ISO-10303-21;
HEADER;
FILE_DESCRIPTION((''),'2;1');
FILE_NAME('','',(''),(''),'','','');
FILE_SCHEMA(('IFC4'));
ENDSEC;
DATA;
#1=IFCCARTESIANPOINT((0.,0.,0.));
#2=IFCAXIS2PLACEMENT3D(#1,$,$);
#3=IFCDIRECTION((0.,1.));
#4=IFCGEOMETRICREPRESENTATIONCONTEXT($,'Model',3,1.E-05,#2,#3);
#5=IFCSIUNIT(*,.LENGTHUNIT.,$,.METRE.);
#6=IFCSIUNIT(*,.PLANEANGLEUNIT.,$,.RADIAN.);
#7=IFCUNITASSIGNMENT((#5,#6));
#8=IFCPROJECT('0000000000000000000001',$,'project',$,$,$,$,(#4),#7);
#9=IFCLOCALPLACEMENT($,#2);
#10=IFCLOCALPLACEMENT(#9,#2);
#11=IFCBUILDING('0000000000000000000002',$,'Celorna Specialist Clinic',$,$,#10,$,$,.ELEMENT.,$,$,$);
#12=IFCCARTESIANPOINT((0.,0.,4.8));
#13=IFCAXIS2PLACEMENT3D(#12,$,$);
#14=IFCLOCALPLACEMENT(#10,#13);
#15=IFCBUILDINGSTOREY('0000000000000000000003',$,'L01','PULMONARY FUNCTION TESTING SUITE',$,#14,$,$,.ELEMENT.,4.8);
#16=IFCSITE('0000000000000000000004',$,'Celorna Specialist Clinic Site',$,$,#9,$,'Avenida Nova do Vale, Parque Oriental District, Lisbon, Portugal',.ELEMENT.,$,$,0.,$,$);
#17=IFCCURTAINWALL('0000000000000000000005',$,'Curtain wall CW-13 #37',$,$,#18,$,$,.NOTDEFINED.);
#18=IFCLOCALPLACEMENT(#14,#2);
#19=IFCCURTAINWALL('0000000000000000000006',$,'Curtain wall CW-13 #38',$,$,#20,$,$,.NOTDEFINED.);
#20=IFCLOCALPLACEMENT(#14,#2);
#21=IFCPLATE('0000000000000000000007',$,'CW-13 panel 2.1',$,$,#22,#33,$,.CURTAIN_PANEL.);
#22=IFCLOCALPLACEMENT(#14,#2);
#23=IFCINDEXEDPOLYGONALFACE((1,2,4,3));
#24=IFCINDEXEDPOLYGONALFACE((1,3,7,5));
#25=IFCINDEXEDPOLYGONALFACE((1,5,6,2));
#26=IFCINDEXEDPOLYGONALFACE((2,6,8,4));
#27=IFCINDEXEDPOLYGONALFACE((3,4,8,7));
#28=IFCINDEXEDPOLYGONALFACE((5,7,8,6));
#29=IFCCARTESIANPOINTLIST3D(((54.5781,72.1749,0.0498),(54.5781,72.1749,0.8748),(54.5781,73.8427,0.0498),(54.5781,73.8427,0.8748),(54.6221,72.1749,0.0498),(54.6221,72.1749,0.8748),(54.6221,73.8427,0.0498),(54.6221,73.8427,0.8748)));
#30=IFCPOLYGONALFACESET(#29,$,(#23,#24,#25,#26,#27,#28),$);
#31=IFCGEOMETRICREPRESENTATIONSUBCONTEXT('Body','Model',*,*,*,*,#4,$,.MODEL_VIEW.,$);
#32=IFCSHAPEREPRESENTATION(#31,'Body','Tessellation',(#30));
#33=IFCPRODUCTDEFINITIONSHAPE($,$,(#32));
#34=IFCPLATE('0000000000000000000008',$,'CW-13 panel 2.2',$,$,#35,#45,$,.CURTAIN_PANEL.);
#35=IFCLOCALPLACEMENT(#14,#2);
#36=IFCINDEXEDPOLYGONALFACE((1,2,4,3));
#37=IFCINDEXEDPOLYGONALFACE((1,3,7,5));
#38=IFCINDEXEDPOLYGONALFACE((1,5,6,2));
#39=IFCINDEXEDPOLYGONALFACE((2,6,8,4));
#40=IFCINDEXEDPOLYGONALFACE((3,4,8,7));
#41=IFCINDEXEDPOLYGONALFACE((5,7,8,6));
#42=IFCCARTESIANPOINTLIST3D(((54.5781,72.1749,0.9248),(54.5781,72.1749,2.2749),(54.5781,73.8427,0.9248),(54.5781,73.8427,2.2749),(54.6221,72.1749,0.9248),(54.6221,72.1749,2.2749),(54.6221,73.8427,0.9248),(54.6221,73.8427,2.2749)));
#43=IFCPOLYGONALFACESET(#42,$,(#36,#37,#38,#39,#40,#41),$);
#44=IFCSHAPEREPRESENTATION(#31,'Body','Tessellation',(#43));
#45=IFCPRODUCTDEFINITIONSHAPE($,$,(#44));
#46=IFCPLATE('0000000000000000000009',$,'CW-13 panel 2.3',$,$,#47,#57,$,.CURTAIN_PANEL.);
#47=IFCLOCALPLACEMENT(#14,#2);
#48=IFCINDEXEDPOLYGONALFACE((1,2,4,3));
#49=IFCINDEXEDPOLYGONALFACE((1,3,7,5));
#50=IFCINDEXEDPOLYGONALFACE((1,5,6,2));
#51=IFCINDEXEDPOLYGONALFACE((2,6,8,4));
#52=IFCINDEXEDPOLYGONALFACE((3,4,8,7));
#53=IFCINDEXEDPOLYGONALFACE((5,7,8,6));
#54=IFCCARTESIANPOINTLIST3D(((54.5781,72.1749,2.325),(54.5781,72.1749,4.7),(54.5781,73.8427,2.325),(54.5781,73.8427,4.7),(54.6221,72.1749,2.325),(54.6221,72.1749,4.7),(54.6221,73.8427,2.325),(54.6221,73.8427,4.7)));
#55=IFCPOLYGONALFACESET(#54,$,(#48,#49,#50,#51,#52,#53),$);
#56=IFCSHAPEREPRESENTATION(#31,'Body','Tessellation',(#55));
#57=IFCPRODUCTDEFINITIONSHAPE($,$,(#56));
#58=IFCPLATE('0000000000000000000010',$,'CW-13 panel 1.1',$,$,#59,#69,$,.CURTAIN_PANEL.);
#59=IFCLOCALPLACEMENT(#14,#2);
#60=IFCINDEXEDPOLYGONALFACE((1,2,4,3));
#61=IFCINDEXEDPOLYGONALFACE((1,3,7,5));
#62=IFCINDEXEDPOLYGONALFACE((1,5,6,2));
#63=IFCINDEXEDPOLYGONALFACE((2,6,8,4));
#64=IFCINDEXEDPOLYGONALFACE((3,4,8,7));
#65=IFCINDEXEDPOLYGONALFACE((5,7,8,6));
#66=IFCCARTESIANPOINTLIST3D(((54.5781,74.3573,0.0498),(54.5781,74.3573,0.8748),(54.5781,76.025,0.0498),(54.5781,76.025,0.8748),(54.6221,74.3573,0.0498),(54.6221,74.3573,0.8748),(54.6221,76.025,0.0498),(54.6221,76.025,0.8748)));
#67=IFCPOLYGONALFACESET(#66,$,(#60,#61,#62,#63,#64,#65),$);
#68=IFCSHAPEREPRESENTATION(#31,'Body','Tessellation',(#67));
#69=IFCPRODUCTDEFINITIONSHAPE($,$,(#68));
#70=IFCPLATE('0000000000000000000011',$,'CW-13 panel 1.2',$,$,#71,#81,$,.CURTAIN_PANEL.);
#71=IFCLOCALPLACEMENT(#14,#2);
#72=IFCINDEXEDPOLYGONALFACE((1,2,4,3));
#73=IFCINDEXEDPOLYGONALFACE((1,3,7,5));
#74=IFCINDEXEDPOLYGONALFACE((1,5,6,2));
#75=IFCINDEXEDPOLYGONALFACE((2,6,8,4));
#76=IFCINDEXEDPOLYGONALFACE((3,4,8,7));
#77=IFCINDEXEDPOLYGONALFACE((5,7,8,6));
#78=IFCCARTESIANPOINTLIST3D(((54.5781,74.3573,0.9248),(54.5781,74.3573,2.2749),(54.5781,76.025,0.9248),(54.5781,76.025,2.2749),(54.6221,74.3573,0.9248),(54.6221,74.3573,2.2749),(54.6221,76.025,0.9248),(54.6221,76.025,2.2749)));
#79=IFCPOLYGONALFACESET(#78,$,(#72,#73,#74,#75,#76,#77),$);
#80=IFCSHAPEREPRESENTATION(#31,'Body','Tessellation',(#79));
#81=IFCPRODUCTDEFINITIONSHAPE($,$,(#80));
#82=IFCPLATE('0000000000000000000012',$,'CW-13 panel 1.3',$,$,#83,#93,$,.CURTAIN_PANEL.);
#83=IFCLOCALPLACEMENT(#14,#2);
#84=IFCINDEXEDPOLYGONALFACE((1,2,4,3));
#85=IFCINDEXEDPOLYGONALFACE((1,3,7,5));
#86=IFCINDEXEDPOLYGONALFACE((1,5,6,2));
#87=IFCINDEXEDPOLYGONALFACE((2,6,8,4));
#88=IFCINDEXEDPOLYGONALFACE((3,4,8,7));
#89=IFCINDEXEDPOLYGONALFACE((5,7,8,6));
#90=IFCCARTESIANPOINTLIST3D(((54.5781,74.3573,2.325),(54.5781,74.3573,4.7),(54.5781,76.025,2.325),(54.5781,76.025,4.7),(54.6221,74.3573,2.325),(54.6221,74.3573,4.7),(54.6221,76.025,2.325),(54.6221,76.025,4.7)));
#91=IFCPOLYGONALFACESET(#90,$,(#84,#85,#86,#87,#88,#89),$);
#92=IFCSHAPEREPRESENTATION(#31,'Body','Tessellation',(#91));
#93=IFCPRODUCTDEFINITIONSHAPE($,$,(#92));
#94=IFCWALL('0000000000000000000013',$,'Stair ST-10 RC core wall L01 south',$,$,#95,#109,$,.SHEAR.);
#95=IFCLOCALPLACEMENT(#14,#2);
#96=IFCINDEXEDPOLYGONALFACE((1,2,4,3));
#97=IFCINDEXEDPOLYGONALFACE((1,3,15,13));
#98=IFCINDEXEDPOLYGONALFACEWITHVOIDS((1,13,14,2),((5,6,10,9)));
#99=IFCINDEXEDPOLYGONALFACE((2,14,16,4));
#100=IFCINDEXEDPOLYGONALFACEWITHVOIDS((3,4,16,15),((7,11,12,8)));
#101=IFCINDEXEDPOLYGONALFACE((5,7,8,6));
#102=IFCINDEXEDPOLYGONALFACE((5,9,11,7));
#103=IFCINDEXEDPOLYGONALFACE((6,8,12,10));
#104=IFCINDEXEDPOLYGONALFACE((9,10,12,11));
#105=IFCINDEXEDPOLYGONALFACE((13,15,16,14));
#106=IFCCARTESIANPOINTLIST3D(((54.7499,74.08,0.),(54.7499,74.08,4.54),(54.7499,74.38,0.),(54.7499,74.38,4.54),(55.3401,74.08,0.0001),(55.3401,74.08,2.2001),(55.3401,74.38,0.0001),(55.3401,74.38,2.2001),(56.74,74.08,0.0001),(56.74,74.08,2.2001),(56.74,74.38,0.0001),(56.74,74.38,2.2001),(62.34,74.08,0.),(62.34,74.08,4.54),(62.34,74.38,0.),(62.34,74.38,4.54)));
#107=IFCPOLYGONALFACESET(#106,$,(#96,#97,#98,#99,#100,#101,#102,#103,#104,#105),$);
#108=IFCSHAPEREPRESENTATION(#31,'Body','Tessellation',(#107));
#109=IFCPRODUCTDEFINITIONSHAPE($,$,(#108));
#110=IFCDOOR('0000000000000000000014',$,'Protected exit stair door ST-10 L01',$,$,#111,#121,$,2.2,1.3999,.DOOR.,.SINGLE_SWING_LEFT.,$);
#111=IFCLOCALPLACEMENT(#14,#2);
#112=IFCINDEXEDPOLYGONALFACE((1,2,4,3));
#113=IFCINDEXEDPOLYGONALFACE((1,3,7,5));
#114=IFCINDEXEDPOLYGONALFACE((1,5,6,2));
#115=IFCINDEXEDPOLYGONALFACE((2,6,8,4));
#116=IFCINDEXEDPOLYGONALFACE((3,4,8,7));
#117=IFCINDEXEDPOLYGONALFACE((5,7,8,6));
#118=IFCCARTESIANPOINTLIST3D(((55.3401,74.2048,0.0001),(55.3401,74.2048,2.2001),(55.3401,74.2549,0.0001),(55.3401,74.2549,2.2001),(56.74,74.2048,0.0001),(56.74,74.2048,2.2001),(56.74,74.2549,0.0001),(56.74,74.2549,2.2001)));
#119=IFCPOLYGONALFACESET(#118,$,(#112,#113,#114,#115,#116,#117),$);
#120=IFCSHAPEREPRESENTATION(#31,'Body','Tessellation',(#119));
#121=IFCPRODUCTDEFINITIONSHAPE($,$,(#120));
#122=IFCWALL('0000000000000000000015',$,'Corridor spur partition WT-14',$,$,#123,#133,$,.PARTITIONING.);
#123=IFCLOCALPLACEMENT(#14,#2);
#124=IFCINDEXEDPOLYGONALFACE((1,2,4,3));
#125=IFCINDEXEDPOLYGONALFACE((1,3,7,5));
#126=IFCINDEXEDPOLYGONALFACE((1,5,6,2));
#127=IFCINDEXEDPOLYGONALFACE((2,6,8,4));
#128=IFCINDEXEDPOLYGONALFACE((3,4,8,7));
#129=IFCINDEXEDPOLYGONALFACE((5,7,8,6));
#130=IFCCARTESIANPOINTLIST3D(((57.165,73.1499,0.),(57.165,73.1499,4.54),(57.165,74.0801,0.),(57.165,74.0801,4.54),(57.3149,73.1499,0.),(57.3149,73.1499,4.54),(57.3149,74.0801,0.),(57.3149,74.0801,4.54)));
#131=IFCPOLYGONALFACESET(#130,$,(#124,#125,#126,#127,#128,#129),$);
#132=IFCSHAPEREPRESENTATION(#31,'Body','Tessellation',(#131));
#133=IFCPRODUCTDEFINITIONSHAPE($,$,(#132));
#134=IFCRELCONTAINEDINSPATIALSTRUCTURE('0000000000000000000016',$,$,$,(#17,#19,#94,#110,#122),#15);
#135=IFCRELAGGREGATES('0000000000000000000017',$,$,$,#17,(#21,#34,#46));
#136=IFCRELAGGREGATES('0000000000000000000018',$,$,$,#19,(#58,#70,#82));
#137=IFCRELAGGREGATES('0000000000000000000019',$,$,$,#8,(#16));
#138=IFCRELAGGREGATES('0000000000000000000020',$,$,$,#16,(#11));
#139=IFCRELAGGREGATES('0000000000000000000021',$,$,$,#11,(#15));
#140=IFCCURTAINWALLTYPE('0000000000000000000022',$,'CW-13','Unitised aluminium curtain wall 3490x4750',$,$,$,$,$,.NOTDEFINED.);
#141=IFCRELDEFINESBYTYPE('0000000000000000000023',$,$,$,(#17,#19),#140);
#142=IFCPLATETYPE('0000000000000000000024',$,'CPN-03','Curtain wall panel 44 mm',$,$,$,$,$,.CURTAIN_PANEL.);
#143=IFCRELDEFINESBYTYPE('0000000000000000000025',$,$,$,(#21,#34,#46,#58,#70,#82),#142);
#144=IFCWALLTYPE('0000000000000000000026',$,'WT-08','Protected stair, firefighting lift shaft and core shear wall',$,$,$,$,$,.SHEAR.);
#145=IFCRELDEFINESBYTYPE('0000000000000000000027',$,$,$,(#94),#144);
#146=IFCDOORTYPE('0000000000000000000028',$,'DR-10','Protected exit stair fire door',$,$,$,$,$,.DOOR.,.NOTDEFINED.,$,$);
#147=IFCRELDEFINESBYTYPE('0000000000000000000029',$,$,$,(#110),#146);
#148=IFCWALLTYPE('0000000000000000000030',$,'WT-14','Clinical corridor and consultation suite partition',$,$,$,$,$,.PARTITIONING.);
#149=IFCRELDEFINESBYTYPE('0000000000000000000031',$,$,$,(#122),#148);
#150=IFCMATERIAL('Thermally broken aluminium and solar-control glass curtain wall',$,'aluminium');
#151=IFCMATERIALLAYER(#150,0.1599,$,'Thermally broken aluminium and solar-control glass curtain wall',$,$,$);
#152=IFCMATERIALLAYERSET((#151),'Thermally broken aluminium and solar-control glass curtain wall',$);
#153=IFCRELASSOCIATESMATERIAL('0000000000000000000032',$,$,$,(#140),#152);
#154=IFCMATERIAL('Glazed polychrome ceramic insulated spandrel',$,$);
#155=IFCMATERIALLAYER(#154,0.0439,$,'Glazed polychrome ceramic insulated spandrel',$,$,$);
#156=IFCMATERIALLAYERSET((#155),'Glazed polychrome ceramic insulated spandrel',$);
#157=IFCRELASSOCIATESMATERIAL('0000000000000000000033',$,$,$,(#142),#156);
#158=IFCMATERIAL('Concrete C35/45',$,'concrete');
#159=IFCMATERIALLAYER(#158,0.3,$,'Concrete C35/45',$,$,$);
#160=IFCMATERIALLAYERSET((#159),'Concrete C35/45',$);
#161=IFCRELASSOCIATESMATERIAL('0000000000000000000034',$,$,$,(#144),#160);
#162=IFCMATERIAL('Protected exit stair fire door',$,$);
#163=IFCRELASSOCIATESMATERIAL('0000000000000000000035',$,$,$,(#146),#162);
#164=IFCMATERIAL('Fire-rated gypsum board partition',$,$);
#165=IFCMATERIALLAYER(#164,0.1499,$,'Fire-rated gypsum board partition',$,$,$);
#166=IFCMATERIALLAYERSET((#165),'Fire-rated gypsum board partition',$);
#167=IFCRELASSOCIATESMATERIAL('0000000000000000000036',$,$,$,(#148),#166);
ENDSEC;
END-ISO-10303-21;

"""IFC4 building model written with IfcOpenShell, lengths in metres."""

from ifc_helpers import new_model, si_unit, direction, frame, frame_2d, origin, origin_2d, place, context, subcontext, project, spatial, rectangle, extrude, material, layer, layer_set, type_object, element, fill, aggregate, save


model = new_model("IFC4")

# Units and contexts
model_context = context("Model", 3, precision=1e-05, world=origin(), true_north=direction((0.0, 1.0)))
body_context = subcontext(model_context, "Body", "Model", "MODEL_VIEW")
ifc_project = project(units=[si_unit("LENGTHUNIT", "METRE"), si_unit("PLANEANGLEUNIT", "RADIAN")], contexts=[model_context])

# Site, building, storey
site_placement = place(None, origin())
site = spatial("IfcSite", under=ifc_project, at=site_placement, Name="Celorna Specialist Clinic Site", LongName="Avenida Nova do Vale, Parque Oriental District, Lisbon, Portugal", CompositionType="ELEMENT", RefElevation=0.0)
building_placement = place(site_placement, origin())
building = spatial("IfcBuilding", under=site, at=building_placement, Name="Celorna Specialist Clinic", CompositionType="ELEMENT")
storey_placement = place(building_placement, frame((0.0, 0.0, 4.8)))
storey = spatial("IfcBuildingStorey", under=building, at=storey_placement, Name="L01", Description="PULMONARY FUNCTION TESTING SUITE", CompositionType="ELEMENT", Elevation=4.8)

# Shared definitions
ifc_material_1 = material(Name="Concrete C35/45", Category="concrete")

# Curtain wall
ifc_material_2 = material(Name="Thermally broken aluminium and solar-control glass curtain wall", Category="aluminium")
ifc_layer_1 = layer(ifc_material_2, 0.1599, Name="Thermally broken aluminium and solar-control glass curtain wall")
ifc_layer_set_1 = layer_set([ifc_layer_1], Name="Thermally broken aluminium and solar-control glass curtain wall")
curtain_wall_type = type_object("IfcCurtainWallType", Name="CW-13", Description="Unitised aluminium curtain wall 3490x4750", PredefinedType="NOTDEFINED", material=ifc_layer_set_1)
curtain_wall_1_placement = place(storey_placement, origin())
curtain_wall_1 = element("IfcCurtainWall", 1, at=curtain_wall_1_placement, inside=storey, type_object=curtain_wall_type, Name="Curtain wall CW-13 #37", PredefinedType="NOTDEFINED")

# Curtain wall
curtain_wall_2_placement = place(storey_placement, origin())
curtain_wall_2 = element("IfcCurtainWall", 2, at=curtain_wall_2_placement, inside=storey, type_object=curtain_wall_type, Name="Curtain wall CW-13 #38", PredefinedType="NOTDEFINED")

# Plates
ifc_material_3 = material(Name="Glazed polychrome ceramic insulated spandrel")
ifc_layer_2 = layer(ifc_material_3, 0.0439, Name="Glazed polychrome ceramic insulated spandrel")
ifc_layer_set_2 = layer_set([ifc_layer_2], Name="Glazed polychrome ceramic insulated spandrel")
plate_type = type_object("IfcPlateType", Name="CPN-03", Description="Curtain wall panel 44 mm", PredefinedType="CURTAIN_PANEL", material=ifc_layer_set_2)
plate_1_placement = place(storey_placement, frame((54.6001, 73.0088, 0.0498), z_axis=(0.0, 0.0, 1.0), x_axis=(0.0, 1.0, 0.0)))
plate_1 = element("IfcPlate", 3, at=plate_1_placement, type_object=plate_type, Name="CW-13 panel 2.1", PredefinedType="CURTAIN_PANEL", context=body_context, shape_type="SweptSolid", body=[
    extrude(rectangle(XDim=1.6677, YDim=0.0439, at=origin_2d()), origin(), (0.0, 0.0, 1.0), 0.825),
])
plate_2_placement = place(storey_placement, frame((54.6001, 73.0088, 0.9248), z_axis=(0.0, 0.0, 1.0), x_axis=(0.0, 1.0, 0.0)))
plate_2 = element("IfcPlate", 4, at=plate_2_placement, type_object=plate_type, Name="CW-13 panel 2.2", PredefinedType="CURTAIN_PANEL", context=body_context, shape_type="SweptSolid", body=[
    extrude(rectangle(XDim=1.6677, YDim=0.0439, at=origin_2d()), origin(), (0.0, 0.0, 1.0), 1.3501),
])
plate_3_placement = place(storey_placement, frame((54.6001, 73.0088, 2.325), z_axis=(0.0, 0.0, 1.0), x_axis=(0.0, 1.0, 0.0)))
plate_3 = element("IfcPlate", 5, at=plate_3_placement, type_object=plate_type, Name="CW-13 panel 2.3", PredefinedType="CURTAIN_PANEL", context=body_context, shape_type="SweptSolid", body=[
    extrude(rectangle(XDim=1.6677, YDim=0.0439, at=origin_2d()), origin(), (0.0, 0.0, 1.0), 2.375),
])
aggregate(curtain_wall_1, [plate_1, plate_2, plate_3])
plate_4_placement = place(storey_placement, frame((54.6001, 75.1912, 0.0498), z_axis=(0.0, 0.0, 1.0), x_axis=(0.0, 1.0, 0.0)))
plate_4 = element("IfcPlate", 6, at=plate_4_placement, type_object=plate_type, Name="CW-13 panel 1.1", PredefinedType="CURTAIN_PANEL", context=body_context, shape_type="SweptSolid", body=[
    extrude(rectangle(XDim=1.6677, YDim=0.0439, at=origin_2d()), origin(), (0.0, 0.0, 1.0), 0.825),
])
plate_5_placement = place(storey_placement, frame((54.6001, 75.1912, 0.9248), z_axis=(0.0, 0.0, 1.0), x_axis=(0.0, 1.0, 0.0)))
plate_5 = element("IfcPlate", 7, at=plate_5_placement, type_object=plate_type, Name="CW-13 panel 1.2", PredefinedType="CURTAIN_PANEL", context=body_context, shape_type="SweptSolid", body=[
    extrude(rectangle(XDim=1.6677, YDim=0.0439, at=origin_2d()), origin(), (0.0, 0.0, 1.0), 1.3501),
])
plate_6_placement = place(storey_placement, frame((54.6001, 75.1912, 2.325), z_axis=(0.0, 0.0, 1.0), x_axis=(0.0, 1.0, 0.0)))
plate_6 = element("IfcPlate", 8, at=plate_6_placement, type_object=plate_type, Name="CW-13 panel 1.3", PredefinedType="CURTAIN_PANEL", context=body_context, shape_type="SweptSolid", body=[
    extrude(rectangle(XDim=1.6677, YDim=0.0439, at=origin_2d()), origin(), (0.0, 0.0, 1.0), 2.375),
])
aggregate(curtain_wall_2, [plate_4, plate_5, plate_6])

# Wall, opening, door
ifc_layer_3 = layer(ifc_material_1, 0.3, Name="Concrete C35/45")
ifc_layer_set_3 = layer_set([ifc_layer_3], Name="Concrete C35/45")
wall_type_1 = type_object("IfcWallType", Name="WT-08", Description="Protected stair, firefighting lift shaft and core shear wall", PredefinedType="SHEAR", material=ifc_layer_set_3)
wall_1_placement = place(storey_placement, frame((54.75, 74.23, 0.0), z_axis=(0.0, 0.0, 1.0), x_axis=(1.0, 0.0, 0.0)))
wall_1 = element("IfcWall", 9, at=wall_1_placement, inside=storey, type_object=wall_type_1, Name="Stair ST-10 RC core wall L01 south", PredefinedType="SHEAR", context=body_context, shape_type="SweptSolid", body=[
    extrude(rectangle(XDim=7.5901, YDim=0.3, at=frame_2d((3.7949, 0.0))), origin(), (0.0, 0.0, 1.0), 4.54),
])
opening_placement = place(wall_1_placement, frame((0.5901, 0.0, 0.0)))
opening = element("IfcOpeningElement", 10, at=opening_placement, cuts=wall_1, PredefinedType="OPENING", context=body_context, shape_type="SweptSolid", body=[
    extrude(rectangle(XDim=1.3999, YDim=2.2, at=frame_2d((0.7, 1.1001))), frame((0.0, 0.1599, 0.0), z_axis=(0.0, -1.0, 0.0), x_axis=(1.0, 0.0, 0.0)), (0.0, 0.0, 1.0), 0.3201),
])
ifc_material_4 = material(Name="Protected exit stair fire door")
door_type = type_object("IfcDoorType", Name="DR-10", Description="Protected exit stair fire door", OperationType="NOTDEFINED", PredefinedType="DOOR", material=ifc_material_4)
door_placement = place(opening_placement, origin())
door = element("IfcDoor", 11, at=door_placement, inside=storey, type_object=door_type, Name="Protected exit stair door ST-10 L01", OperationType="SINGLE_SWING_LEFT", OverallHeight=2.2, OverallWidth=1.3999, PredefinedType="DOOR", context=body_context, shape_type="SweptSolid", body=[
    extrude(rectangle(XDim=1.3999, YDim=2.2, at=frame_2d((0.7, 1.1001))), frame((0.0, 0.0249, 0.0), z_axis=(0.0, -1.0, 0.0), x_axis=(1.0, 0.0, 0.0)), (0.0, 0.0, 1.0), 0.05),
])
fill(opening, door)

# Wall
ifc_material_5 = material(Name="Fire-rated gypsum board partition")
ifc_layer_4 = layer(ifc_material_5, 0.1499, Name="Fire-rated gypsum board partition")
ifc_layer_set_4 = layer_set([ifc_layer_4], Name="Fire-rated gypsum board partition")
wall_type_2 = type_object("IfcWallType", Name="WT-14", Description="Clinical corridor and consultation suite partition", PredefinedType="PARTITIONING", material=ifc_layer_set_4)
wall_2_placement = place(storey_placement, frame((57.24, 73.1499, 0.0), z_axis=(0.0, 0.0, 1.0), x_axis=(0.0, 1.0, 0.0)))
element("IfcWall", 12, at=wall_2_placement, inside=storey, type_object=wall_type_2, Name="Corridor spur partition WT-14", PredefinedType="PARTITIONING", context=body_context, shape_type="SweptSolid", body=[
    extrude(rectangle(XDim=0.9302, YDim=0.1499, at=frame_2d((0.4651, 0.0))), origin(), (0.0, 0.0, 1.0), 4.54),
])

save(model, "model.ifc")
